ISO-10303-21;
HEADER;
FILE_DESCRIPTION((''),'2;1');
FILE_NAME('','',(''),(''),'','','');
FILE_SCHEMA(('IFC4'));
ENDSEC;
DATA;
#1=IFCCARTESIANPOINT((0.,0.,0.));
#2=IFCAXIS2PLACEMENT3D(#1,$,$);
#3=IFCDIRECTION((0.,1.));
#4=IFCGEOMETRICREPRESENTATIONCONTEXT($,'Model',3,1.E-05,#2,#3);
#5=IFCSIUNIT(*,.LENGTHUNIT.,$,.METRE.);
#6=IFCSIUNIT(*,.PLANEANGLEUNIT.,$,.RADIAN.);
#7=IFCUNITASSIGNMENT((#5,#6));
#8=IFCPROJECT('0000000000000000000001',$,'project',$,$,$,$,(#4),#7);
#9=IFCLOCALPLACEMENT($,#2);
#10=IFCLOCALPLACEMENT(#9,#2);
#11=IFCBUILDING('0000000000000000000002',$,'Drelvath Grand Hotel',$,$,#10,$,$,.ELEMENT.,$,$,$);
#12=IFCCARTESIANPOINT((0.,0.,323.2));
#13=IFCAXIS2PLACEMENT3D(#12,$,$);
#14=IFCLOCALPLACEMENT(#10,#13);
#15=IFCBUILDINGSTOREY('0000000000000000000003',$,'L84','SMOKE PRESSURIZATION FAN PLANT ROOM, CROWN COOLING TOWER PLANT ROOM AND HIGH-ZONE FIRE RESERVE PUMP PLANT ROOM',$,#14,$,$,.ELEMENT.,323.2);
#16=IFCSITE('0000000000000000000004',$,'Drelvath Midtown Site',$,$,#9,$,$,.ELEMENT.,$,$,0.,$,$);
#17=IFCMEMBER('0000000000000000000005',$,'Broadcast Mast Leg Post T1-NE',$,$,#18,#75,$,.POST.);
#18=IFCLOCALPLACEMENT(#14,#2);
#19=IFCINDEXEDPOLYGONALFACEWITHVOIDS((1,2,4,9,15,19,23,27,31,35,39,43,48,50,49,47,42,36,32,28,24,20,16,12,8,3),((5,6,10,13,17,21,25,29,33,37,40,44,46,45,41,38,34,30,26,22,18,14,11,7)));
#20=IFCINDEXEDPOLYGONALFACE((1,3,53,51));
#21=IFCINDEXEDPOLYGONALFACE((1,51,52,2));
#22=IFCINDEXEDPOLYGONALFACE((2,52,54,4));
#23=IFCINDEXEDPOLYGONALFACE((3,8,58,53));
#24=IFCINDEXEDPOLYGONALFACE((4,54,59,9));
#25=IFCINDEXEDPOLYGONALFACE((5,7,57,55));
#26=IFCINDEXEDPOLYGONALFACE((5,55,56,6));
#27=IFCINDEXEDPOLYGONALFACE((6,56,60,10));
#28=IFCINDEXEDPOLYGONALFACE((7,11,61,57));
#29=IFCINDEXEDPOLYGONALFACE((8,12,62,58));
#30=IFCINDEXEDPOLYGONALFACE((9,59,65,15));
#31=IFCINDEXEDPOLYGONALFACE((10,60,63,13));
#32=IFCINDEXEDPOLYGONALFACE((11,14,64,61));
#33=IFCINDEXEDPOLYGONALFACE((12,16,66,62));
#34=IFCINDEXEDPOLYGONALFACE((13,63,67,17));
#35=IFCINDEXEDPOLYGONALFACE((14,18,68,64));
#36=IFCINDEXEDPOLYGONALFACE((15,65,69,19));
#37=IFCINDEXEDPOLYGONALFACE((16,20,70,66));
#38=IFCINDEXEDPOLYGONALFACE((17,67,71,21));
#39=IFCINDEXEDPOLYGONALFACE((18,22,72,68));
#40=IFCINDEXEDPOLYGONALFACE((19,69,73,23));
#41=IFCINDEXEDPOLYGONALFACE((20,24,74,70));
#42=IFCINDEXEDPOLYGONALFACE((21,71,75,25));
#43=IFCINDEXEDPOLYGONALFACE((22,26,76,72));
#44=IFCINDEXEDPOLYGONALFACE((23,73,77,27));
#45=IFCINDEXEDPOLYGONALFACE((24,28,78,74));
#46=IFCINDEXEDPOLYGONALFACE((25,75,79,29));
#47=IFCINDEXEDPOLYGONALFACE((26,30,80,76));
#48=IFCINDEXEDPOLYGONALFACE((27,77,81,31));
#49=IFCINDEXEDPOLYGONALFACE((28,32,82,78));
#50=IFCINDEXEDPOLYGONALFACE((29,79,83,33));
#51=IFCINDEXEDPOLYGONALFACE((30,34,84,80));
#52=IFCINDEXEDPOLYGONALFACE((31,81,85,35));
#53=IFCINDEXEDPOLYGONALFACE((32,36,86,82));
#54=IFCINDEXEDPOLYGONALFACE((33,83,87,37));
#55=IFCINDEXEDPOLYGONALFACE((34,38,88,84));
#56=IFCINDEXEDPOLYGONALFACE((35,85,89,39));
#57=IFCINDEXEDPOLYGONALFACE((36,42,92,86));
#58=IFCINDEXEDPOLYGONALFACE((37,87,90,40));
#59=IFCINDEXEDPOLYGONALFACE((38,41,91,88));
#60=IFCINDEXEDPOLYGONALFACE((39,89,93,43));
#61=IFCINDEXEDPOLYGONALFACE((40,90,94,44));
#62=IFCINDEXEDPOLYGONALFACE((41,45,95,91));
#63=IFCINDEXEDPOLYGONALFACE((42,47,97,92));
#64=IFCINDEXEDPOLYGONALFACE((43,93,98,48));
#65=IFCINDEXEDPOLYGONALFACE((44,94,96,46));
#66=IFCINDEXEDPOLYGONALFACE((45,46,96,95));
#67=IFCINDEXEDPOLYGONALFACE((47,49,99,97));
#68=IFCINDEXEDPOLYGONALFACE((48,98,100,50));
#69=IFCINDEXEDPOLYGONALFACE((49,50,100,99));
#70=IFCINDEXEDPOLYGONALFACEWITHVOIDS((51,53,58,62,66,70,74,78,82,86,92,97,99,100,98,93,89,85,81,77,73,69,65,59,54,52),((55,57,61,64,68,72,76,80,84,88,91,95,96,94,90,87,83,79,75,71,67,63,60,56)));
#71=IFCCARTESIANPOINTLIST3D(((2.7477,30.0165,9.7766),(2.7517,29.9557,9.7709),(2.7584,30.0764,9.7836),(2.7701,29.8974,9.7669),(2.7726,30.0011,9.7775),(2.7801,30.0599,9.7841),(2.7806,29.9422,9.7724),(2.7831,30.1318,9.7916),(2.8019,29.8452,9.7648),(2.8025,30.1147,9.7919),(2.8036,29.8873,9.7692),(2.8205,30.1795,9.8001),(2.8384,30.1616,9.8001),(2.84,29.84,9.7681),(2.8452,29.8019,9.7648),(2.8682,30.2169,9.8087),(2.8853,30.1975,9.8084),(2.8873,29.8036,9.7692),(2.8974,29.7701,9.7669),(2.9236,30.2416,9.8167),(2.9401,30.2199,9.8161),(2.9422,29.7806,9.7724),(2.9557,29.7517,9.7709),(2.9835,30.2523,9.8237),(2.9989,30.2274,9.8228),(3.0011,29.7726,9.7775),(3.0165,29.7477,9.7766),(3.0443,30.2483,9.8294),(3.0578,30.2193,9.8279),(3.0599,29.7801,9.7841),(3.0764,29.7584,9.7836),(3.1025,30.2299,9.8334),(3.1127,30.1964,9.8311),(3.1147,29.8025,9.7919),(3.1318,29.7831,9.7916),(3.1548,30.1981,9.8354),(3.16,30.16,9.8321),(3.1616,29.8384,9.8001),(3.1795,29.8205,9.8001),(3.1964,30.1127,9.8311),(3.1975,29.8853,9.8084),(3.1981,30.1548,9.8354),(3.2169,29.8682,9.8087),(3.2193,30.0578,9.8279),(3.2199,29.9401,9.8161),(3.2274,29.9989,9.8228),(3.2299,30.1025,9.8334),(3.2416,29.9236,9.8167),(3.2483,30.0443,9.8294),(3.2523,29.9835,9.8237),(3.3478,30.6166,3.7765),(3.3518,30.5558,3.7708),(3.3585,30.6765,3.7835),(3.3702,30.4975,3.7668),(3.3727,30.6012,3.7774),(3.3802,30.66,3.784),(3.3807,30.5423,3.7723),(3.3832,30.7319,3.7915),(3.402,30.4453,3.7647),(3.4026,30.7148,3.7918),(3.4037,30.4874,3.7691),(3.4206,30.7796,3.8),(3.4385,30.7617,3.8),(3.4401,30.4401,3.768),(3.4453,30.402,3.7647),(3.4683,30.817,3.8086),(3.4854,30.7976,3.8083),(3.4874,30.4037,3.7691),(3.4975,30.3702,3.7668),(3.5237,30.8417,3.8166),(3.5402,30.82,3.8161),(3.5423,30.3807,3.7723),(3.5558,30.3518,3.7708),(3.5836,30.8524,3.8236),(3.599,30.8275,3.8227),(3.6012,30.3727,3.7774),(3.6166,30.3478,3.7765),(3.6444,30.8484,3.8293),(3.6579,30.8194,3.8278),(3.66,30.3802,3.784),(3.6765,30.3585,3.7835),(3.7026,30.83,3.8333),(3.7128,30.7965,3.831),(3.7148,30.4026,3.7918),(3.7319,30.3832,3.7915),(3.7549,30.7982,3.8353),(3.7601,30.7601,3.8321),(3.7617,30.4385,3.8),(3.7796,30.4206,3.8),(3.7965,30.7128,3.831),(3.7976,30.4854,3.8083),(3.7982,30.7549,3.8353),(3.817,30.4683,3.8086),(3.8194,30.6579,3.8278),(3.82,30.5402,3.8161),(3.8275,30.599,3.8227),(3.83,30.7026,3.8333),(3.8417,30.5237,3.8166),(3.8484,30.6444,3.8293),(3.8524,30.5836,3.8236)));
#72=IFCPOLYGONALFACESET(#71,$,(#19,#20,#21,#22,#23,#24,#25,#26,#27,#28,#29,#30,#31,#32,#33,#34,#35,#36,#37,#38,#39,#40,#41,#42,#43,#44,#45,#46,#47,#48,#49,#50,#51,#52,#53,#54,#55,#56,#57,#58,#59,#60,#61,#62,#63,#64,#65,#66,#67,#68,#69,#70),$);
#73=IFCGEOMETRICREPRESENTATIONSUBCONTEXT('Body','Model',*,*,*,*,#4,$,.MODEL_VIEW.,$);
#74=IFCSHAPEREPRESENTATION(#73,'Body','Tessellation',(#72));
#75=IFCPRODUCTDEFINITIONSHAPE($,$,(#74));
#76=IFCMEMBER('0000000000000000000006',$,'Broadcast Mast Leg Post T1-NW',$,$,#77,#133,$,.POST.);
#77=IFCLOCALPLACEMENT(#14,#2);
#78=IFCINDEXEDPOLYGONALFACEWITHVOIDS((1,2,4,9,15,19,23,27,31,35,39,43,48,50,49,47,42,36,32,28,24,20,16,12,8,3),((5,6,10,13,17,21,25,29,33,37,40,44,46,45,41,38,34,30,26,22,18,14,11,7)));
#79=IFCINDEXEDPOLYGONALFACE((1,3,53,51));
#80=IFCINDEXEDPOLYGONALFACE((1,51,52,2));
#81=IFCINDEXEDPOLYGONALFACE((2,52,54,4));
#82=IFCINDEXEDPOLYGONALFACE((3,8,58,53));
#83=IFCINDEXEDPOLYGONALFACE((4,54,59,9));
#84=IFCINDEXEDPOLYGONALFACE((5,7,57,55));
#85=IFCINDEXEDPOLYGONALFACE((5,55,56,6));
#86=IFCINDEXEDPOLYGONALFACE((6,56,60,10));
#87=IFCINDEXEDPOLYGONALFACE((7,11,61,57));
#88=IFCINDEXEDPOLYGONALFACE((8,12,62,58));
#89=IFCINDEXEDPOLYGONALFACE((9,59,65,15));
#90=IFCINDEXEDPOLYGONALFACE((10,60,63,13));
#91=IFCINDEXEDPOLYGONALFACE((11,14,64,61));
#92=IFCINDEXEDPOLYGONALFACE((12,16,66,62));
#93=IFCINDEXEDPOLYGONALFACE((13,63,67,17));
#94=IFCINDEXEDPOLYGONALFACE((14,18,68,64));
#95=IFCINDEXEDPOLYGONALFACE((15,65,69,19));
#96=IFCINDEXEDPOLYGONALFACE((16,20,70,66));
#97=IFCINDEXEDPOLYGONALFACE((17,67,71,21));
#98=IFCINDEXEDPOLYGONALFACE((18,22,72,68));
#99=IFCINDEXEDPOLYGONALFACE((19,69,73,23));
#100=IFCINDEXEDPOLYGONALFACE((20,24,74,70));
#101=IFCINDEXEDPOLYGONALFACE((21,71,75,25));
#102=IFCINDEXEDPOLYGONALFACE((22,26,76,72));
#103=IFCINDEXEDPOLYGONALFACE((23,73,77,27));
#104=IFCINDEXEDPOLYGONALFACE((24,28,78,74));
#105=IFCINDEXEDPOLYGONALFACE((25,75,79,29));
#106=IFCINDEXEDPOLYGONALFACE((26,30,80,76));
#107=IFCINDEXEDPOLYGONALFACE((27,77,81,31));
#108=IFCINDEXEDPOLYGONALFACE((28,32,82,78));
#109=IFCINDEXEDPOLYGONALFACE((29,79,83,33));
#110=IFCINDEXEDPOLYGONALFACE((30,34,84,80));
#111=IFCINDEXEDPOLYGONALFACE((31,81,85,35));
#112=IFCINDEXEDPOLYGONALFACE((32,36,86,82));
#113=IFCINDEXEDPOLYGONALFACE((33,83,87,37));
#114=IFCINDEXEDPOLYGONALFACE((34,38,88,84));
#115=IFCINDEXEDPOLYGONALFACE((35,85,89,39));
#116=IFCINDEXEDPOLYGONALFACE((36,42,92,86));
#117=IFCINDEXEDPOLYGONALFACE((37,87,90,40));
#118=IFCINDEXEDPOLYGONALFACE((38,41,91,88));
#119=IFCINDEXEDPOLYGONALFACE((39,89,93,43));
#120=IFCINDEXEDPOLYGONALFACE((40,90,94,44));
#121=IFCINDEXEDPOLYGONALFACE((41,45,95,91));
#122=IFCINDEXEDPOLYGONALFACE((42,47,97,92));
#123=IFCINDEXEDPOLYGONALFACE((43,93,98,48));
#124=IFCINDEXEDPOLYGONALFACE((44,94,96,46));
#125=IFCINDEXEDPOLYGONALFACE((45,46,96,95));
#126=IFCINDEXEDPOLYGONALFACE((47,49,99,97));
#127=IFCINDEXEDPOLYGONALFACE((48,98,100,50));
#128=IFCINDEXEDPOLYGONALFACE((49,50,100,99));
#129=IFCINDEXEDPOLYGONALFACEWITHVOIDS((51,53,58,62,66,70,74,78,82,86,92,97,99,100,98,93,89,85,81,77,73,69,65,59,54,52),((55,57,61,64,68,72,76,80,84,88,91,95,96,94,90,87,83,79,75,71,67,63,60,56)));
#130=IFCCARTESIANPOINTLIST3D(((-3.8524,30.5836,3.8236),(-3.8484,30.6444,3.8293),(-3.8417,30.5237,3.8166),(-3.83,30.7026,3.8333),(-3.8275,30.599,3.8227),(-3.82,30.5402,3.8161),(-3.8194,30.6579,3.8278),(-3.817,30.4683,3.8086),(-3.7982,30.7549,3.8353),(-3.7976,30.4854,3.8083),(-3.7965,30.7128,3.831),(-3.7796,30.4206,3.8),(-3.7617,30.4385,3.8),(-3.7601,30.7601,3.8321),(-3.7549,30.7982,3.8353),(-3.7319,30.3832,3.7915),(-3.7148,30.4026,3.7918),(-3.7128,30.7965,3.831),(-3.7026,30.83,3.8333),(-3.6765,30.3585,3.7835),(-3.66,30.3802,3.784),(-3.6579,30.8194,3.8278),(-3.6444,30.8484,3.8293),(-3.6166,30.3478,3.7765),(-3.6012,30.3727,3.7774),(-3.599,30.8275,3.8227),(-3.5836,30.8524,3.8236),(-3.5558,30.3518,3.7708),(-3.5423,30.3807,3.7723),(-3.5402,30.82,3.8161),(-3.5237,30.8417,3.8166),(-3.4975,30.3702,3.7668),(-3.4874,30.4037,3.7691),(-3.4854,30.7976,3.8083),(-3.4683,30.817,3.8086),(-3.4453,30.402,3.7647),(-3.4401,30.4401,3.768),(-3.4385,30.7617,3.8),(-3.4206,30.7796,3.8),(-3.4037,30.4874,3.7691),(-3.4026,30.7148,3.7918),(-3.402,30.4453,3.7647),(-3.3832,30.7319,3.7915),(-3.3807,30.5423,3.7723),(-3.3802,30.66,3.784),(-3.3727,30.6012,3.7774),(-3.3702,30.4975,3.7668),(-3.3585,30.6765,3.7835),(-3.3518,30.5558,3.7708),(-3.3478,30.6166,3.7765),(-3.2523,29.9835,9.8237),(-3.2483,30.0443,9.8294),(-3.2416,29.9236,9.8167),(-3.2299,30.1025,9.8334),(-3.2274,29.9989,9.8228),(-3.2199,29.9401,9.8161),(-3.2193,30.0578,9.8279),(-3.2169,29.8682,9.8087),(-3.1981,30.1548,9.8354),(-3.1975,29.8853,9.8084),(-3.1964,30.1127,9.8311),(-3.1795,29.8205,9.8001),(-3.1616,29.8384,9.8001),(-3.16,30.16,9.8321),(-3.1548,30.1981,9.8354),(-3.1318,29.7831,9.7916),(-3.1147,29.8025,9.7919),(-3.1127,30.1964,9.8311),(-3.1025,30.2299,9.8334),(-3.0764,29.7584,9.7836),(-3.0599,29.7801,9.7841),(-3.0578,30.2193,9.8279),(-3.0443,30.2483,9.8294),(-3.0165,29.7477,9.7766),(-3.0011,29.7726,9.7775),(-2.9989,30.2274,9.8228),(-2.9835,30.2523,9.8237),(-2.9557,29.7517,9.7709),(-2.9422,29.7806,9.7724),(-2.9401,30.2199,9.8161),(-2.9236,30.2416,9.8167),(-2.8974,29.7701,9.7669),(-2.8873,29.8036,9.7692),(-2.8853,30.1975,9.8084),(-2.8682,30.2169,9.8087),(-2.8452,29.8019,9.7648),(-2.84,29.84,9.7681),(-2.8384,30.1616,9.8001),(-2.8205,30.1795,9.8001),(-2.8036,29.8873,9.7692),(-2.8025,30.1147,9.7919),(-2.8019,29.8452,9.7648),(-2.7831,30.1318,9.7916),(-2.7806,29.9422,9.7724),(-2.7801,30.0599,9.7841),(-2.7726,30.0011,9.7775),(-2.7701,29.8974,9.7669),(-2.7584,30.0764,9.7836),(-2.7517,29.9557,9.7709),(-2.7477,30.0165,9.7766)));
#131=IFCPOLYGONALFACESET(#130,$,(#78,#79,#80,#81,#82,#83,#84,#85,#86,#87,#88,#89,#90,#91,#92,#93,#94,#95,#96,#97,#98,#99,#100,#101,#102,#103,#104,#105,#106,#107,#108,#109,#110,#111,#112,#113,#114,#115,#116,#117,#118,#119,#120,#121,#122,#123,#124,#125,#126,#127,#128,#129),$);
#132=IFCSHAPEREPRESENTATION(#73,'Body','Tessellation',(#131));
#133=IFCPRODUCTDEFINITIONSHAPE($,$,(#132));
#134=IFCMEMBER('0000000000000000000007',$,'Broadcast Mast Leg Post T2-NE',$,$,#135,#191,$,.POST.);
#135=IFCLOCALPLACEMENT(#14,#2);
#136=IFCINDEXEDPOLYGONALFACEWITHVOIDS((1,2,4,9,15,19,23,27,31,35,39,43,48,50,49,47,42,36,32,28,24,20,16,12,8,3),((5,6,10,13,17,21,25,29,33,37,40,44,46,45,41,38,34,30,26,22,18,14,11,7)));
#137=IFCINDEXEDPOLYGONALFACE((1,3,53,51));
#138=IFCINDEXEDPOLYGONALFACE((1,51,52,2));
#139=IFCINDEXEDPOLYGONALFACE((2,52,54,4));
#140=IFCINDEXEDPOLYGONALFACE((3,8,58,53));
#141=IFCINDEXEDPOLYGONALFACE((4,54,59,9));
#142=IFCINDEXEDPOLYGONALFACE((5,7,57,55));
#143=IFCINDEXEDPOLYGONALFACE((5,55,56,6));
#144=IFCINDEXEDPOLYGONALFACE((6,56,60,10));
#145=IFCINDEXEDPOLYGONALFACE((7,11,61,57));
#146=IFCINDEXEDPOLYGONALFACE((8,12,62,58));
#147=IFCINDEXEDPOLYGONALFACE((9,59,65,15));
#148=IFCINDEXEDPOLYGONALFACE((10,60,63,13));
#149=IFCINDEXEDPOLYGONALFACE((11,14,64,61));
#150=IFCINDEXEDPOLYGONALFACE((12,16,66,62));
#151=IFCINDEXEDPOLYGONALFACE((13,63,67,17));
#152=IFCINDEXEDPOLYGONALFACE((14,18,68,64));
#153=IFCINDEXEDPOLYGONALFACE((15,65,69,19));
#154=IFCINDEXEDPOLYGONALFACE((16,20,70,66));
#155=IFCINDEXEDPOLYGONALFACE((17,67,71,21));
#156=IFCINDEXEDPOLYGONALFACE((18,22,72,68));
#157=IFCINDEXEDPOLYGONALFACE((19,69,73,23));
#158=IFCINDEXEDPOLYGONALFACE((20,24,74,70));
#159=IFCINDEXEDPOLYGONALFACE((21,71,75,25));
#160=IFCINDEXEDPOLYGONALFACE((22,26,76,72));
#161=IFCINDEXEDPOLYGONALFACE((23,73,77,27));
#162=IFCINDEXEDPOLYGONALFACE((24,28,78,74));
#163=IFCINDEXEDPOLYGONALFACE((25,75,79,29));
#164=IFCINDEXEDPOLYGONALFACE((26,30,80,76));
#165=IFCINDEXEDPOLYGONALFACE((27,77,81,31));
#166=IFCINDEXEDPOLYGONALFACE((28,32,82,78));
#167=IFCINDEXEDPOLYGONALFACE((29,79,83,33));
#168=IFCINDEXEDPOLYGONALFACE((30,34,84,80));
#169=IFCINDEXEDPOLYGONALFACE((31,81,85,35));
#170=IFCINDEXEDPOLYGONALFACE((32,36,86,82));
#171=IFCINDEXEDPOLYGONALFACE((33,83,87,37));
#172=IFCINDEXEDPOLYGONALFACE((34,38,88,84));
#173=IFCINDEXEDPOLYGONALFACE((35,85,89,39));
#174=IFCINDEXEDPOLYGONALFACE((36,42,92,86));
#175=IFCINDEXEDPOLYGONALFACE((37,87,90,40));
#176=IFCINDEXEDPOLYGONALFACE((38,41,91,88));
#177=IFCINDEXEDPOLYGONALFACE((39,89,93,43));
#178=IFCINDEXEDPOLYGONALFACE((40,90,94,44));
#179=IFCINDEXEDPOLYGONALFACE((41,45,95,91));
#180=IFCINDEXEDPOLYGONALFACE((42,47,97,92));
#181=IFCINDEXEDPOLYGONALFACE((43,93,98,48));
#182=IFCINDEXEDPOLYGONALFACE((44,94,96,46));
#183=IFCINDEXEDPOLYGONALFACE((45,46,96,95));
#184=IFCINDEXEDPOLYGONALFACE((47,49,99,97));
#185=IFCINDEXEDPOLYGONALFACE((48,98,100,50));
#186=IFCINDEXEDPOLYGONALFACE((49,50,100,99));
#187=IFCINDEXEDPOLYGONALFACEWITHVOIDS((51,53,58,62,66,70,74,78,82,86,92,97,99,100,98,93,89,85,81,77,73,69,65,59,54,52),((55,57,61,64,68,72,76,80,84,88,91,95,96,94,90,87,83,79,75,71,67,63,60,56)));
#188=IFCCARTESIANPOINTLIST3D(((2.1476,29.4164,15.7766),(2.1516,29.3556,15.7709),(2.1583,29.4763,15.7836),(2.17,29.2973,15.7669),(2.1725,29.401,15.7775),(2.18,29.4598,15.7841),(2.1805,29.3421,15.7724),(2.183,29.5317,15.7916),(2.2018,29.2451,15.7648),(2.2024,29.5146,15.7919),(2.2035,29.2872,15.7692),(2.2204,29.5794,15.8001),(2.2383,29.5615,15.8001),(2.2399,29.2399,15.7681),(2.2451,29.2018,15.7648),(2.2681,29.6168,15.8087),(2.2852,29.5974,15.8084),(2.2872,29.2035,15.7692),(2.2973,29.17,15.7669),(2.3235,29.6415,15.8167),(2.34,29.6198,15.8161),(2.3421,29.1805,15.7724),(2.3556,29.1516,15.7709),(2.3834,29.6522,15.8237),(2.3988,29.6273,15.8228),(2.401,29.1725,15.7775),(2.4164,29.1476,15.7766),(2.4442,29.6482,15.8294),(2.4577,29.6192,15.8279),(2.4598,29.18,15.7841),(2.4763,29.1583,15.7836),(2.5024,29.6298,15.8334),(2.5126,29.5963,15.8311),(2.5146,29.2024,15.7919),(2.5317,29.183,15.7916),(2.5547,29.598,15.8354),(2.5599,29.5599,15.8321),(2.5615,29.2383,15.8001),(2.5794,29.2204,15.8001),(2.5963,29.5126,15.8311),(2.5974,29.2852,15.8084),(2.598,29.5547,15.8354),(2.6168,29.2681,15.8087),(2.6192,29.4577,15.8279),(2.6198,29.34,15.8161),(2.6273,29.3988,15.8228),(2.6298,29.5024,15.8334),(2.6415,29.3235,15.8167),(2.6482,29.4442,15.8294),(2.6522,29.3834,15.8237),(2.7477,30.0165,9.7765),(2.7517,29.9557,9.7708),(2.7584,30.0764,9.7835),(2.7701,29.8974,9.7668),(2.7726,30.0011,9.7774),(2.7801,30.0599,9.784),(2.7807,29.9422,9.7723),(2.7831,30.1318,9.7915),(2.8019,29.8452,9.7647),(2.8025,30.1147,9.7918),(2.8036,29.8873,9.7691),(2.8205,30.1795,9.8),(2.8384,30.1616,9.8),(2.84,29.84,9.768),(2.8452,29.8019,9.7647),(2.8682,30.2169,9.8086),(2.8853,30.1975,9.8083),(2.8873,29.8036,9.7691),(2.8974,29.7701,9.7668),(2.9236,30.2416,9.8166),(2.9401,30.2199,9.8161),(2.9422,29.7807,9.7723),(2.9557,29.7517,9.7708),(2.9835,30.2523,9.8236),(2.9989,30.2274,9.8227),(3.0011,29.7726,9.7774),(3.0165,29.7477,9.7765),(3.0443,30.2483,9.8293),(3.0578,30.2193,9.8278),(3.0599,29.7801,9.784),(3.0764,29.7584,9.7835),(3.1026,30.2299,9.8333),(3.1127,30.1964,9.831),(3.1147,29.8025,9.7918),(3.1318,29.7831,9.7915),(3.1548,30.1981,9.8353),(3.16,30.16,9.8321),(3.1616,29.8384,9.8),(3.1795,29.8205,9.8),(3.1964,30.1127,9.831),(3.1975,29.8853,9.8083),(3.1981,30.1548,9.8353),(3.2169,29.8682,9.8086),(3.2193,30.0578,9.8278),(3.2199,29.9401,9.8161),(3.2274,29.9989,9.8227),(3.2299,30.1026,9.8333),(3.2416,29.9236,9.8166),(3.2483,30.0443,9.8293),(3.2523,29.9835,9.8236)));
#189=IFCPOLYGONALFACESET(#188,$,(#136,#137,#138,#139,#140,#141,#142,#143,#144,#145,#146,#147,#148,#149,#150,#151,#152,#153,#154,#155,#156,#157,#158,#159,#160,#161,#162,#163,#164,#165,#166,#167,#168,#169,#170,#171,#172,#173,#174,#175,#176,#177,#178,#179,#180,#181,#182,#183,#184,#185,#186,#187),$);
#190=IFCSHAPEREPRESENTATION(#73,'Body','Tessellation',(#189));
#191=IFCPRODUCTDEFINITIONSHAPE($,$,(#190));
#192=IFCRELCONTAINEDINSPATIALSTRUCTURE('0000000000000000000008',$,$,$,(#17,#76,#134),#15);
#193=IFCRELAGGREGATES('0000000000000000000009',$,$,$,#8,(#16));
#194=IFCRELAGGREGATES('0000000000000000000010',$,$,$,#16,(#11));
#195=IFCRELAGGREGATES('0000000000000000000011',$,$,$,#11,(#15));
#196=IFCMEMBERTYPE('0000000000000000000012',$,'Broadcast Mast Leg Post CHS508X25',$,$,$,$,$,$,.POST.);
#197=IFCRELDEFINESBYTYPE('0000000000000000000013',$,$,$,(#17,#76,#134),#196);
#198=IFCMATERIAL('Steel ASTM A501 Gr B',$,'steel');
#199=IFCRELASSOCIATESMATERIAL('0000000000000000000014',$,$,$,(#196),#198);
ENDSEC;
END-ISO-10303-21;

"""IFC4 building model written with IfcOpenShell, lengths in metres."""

from ifc_helpers import new_model, si_unit, direction, frame, origin, origin_2d, place, context, subcontext, project, spatial, hollow_circle, extrude, material, material_profile, profile_set, type_object, element, save


model = new_model("IFC4")

# Units and contexts
model_context = context("Model", 3, precision=1e-05, world=origin(), true_north=direction((0.0, 1.0)))
body_context = subcontext(model_context, "Body", "Model", "MODEL_VIEW")
ifc_project = project(units=[si_unit("LENGTHUNIT", "METRE"), si_unit("PLANEANGLEUNIT", "RADIAN")], contexts=[model_context])

# Site, building, storey
site_placement = place(None, origin())
site = spatial("IfcSite", under=ifc_project, at=site_placement, Name="Drelvath Midtown Site", CompositionType="ELEMENT", RefElevation=0.0)
building_placement = place(site_placement, origin())
building = spatial("IfcBuilding", under=site, at=building_placement, Name="Drelvath Grand Hotel", CompositionType="ELEMENT")
storey_placement = place(building_placement, frame((0.0, 0.0, 323.2)))
storey = spatial("IfcBuildingStorey", under=building, at=storey_placement, Name="L84", Description="SMOKE PRESSURIZATION FAN PLANT ROOM, CROWN COOLING TOWER PLANT ROOM AND HIGH-ZONE FIRE RESERVE PUMP PLANT ROOM", CompositionType="ELEMENT", Elevation=323.2)

# Members
ifc_material_1 = material(Name="Steel ASTM A501 Gr B", Category="steel")
ifc_material_profile_1 = material_profile(ifc_material_1, hollow_circle(Radius=0.2539, WallThickness=0.0254, at=origin_2d()), Name="CHS508X25")
ifc_profile_set_1 = profile_set([ifc_material_profile_1], Name="Steel ASTM A501 Gr B")
member_type_1 = type_object("IfcMemberType", Name="Broadcast Mast Leg Post CHS508X25", PredefinedType="POST", material=ifc_profile_set_1)
for number, where, z_axis, x_axis, name in (
    (1, (3.6001, 30.6001, 3.8), (-0.099031, -0.099031, 0.990144), (0.707107, -0.707107, 0.0), "Broadcast Mast Leg Post T1-NE"),
    (2, (-3.6001, 30.6001, 3.8), (0.099031, -0.099031, 0.990144), (0.707107, 0.707107, 0.0), "Broadcast Mast Leg Post T1-NW"),
    (3, (3.0, 30.0, 9.8), (-0.099031, -0.099031, 0.990144), (0.707107, -0.707107, 0.0), "Broadcast Mast Leg Post T2-NE"),
):
    element("IfcMember", number, at=place(storey_placement, frame(where, z_axis=z_axis, x_axis=x_axis)), inside=storey, type_object=member_type_1, Name=name, PredefinedType="POST", context=body_context, shape_type="SweptSolid", body=[
        extrude(hollow_circle(Radius=0.2539, WallThickness=0.0254, at=origin_2d()), origin(), (0.0, 0.0, 1.0), 6.0598),
    ])

save(model, "model.ifc")
